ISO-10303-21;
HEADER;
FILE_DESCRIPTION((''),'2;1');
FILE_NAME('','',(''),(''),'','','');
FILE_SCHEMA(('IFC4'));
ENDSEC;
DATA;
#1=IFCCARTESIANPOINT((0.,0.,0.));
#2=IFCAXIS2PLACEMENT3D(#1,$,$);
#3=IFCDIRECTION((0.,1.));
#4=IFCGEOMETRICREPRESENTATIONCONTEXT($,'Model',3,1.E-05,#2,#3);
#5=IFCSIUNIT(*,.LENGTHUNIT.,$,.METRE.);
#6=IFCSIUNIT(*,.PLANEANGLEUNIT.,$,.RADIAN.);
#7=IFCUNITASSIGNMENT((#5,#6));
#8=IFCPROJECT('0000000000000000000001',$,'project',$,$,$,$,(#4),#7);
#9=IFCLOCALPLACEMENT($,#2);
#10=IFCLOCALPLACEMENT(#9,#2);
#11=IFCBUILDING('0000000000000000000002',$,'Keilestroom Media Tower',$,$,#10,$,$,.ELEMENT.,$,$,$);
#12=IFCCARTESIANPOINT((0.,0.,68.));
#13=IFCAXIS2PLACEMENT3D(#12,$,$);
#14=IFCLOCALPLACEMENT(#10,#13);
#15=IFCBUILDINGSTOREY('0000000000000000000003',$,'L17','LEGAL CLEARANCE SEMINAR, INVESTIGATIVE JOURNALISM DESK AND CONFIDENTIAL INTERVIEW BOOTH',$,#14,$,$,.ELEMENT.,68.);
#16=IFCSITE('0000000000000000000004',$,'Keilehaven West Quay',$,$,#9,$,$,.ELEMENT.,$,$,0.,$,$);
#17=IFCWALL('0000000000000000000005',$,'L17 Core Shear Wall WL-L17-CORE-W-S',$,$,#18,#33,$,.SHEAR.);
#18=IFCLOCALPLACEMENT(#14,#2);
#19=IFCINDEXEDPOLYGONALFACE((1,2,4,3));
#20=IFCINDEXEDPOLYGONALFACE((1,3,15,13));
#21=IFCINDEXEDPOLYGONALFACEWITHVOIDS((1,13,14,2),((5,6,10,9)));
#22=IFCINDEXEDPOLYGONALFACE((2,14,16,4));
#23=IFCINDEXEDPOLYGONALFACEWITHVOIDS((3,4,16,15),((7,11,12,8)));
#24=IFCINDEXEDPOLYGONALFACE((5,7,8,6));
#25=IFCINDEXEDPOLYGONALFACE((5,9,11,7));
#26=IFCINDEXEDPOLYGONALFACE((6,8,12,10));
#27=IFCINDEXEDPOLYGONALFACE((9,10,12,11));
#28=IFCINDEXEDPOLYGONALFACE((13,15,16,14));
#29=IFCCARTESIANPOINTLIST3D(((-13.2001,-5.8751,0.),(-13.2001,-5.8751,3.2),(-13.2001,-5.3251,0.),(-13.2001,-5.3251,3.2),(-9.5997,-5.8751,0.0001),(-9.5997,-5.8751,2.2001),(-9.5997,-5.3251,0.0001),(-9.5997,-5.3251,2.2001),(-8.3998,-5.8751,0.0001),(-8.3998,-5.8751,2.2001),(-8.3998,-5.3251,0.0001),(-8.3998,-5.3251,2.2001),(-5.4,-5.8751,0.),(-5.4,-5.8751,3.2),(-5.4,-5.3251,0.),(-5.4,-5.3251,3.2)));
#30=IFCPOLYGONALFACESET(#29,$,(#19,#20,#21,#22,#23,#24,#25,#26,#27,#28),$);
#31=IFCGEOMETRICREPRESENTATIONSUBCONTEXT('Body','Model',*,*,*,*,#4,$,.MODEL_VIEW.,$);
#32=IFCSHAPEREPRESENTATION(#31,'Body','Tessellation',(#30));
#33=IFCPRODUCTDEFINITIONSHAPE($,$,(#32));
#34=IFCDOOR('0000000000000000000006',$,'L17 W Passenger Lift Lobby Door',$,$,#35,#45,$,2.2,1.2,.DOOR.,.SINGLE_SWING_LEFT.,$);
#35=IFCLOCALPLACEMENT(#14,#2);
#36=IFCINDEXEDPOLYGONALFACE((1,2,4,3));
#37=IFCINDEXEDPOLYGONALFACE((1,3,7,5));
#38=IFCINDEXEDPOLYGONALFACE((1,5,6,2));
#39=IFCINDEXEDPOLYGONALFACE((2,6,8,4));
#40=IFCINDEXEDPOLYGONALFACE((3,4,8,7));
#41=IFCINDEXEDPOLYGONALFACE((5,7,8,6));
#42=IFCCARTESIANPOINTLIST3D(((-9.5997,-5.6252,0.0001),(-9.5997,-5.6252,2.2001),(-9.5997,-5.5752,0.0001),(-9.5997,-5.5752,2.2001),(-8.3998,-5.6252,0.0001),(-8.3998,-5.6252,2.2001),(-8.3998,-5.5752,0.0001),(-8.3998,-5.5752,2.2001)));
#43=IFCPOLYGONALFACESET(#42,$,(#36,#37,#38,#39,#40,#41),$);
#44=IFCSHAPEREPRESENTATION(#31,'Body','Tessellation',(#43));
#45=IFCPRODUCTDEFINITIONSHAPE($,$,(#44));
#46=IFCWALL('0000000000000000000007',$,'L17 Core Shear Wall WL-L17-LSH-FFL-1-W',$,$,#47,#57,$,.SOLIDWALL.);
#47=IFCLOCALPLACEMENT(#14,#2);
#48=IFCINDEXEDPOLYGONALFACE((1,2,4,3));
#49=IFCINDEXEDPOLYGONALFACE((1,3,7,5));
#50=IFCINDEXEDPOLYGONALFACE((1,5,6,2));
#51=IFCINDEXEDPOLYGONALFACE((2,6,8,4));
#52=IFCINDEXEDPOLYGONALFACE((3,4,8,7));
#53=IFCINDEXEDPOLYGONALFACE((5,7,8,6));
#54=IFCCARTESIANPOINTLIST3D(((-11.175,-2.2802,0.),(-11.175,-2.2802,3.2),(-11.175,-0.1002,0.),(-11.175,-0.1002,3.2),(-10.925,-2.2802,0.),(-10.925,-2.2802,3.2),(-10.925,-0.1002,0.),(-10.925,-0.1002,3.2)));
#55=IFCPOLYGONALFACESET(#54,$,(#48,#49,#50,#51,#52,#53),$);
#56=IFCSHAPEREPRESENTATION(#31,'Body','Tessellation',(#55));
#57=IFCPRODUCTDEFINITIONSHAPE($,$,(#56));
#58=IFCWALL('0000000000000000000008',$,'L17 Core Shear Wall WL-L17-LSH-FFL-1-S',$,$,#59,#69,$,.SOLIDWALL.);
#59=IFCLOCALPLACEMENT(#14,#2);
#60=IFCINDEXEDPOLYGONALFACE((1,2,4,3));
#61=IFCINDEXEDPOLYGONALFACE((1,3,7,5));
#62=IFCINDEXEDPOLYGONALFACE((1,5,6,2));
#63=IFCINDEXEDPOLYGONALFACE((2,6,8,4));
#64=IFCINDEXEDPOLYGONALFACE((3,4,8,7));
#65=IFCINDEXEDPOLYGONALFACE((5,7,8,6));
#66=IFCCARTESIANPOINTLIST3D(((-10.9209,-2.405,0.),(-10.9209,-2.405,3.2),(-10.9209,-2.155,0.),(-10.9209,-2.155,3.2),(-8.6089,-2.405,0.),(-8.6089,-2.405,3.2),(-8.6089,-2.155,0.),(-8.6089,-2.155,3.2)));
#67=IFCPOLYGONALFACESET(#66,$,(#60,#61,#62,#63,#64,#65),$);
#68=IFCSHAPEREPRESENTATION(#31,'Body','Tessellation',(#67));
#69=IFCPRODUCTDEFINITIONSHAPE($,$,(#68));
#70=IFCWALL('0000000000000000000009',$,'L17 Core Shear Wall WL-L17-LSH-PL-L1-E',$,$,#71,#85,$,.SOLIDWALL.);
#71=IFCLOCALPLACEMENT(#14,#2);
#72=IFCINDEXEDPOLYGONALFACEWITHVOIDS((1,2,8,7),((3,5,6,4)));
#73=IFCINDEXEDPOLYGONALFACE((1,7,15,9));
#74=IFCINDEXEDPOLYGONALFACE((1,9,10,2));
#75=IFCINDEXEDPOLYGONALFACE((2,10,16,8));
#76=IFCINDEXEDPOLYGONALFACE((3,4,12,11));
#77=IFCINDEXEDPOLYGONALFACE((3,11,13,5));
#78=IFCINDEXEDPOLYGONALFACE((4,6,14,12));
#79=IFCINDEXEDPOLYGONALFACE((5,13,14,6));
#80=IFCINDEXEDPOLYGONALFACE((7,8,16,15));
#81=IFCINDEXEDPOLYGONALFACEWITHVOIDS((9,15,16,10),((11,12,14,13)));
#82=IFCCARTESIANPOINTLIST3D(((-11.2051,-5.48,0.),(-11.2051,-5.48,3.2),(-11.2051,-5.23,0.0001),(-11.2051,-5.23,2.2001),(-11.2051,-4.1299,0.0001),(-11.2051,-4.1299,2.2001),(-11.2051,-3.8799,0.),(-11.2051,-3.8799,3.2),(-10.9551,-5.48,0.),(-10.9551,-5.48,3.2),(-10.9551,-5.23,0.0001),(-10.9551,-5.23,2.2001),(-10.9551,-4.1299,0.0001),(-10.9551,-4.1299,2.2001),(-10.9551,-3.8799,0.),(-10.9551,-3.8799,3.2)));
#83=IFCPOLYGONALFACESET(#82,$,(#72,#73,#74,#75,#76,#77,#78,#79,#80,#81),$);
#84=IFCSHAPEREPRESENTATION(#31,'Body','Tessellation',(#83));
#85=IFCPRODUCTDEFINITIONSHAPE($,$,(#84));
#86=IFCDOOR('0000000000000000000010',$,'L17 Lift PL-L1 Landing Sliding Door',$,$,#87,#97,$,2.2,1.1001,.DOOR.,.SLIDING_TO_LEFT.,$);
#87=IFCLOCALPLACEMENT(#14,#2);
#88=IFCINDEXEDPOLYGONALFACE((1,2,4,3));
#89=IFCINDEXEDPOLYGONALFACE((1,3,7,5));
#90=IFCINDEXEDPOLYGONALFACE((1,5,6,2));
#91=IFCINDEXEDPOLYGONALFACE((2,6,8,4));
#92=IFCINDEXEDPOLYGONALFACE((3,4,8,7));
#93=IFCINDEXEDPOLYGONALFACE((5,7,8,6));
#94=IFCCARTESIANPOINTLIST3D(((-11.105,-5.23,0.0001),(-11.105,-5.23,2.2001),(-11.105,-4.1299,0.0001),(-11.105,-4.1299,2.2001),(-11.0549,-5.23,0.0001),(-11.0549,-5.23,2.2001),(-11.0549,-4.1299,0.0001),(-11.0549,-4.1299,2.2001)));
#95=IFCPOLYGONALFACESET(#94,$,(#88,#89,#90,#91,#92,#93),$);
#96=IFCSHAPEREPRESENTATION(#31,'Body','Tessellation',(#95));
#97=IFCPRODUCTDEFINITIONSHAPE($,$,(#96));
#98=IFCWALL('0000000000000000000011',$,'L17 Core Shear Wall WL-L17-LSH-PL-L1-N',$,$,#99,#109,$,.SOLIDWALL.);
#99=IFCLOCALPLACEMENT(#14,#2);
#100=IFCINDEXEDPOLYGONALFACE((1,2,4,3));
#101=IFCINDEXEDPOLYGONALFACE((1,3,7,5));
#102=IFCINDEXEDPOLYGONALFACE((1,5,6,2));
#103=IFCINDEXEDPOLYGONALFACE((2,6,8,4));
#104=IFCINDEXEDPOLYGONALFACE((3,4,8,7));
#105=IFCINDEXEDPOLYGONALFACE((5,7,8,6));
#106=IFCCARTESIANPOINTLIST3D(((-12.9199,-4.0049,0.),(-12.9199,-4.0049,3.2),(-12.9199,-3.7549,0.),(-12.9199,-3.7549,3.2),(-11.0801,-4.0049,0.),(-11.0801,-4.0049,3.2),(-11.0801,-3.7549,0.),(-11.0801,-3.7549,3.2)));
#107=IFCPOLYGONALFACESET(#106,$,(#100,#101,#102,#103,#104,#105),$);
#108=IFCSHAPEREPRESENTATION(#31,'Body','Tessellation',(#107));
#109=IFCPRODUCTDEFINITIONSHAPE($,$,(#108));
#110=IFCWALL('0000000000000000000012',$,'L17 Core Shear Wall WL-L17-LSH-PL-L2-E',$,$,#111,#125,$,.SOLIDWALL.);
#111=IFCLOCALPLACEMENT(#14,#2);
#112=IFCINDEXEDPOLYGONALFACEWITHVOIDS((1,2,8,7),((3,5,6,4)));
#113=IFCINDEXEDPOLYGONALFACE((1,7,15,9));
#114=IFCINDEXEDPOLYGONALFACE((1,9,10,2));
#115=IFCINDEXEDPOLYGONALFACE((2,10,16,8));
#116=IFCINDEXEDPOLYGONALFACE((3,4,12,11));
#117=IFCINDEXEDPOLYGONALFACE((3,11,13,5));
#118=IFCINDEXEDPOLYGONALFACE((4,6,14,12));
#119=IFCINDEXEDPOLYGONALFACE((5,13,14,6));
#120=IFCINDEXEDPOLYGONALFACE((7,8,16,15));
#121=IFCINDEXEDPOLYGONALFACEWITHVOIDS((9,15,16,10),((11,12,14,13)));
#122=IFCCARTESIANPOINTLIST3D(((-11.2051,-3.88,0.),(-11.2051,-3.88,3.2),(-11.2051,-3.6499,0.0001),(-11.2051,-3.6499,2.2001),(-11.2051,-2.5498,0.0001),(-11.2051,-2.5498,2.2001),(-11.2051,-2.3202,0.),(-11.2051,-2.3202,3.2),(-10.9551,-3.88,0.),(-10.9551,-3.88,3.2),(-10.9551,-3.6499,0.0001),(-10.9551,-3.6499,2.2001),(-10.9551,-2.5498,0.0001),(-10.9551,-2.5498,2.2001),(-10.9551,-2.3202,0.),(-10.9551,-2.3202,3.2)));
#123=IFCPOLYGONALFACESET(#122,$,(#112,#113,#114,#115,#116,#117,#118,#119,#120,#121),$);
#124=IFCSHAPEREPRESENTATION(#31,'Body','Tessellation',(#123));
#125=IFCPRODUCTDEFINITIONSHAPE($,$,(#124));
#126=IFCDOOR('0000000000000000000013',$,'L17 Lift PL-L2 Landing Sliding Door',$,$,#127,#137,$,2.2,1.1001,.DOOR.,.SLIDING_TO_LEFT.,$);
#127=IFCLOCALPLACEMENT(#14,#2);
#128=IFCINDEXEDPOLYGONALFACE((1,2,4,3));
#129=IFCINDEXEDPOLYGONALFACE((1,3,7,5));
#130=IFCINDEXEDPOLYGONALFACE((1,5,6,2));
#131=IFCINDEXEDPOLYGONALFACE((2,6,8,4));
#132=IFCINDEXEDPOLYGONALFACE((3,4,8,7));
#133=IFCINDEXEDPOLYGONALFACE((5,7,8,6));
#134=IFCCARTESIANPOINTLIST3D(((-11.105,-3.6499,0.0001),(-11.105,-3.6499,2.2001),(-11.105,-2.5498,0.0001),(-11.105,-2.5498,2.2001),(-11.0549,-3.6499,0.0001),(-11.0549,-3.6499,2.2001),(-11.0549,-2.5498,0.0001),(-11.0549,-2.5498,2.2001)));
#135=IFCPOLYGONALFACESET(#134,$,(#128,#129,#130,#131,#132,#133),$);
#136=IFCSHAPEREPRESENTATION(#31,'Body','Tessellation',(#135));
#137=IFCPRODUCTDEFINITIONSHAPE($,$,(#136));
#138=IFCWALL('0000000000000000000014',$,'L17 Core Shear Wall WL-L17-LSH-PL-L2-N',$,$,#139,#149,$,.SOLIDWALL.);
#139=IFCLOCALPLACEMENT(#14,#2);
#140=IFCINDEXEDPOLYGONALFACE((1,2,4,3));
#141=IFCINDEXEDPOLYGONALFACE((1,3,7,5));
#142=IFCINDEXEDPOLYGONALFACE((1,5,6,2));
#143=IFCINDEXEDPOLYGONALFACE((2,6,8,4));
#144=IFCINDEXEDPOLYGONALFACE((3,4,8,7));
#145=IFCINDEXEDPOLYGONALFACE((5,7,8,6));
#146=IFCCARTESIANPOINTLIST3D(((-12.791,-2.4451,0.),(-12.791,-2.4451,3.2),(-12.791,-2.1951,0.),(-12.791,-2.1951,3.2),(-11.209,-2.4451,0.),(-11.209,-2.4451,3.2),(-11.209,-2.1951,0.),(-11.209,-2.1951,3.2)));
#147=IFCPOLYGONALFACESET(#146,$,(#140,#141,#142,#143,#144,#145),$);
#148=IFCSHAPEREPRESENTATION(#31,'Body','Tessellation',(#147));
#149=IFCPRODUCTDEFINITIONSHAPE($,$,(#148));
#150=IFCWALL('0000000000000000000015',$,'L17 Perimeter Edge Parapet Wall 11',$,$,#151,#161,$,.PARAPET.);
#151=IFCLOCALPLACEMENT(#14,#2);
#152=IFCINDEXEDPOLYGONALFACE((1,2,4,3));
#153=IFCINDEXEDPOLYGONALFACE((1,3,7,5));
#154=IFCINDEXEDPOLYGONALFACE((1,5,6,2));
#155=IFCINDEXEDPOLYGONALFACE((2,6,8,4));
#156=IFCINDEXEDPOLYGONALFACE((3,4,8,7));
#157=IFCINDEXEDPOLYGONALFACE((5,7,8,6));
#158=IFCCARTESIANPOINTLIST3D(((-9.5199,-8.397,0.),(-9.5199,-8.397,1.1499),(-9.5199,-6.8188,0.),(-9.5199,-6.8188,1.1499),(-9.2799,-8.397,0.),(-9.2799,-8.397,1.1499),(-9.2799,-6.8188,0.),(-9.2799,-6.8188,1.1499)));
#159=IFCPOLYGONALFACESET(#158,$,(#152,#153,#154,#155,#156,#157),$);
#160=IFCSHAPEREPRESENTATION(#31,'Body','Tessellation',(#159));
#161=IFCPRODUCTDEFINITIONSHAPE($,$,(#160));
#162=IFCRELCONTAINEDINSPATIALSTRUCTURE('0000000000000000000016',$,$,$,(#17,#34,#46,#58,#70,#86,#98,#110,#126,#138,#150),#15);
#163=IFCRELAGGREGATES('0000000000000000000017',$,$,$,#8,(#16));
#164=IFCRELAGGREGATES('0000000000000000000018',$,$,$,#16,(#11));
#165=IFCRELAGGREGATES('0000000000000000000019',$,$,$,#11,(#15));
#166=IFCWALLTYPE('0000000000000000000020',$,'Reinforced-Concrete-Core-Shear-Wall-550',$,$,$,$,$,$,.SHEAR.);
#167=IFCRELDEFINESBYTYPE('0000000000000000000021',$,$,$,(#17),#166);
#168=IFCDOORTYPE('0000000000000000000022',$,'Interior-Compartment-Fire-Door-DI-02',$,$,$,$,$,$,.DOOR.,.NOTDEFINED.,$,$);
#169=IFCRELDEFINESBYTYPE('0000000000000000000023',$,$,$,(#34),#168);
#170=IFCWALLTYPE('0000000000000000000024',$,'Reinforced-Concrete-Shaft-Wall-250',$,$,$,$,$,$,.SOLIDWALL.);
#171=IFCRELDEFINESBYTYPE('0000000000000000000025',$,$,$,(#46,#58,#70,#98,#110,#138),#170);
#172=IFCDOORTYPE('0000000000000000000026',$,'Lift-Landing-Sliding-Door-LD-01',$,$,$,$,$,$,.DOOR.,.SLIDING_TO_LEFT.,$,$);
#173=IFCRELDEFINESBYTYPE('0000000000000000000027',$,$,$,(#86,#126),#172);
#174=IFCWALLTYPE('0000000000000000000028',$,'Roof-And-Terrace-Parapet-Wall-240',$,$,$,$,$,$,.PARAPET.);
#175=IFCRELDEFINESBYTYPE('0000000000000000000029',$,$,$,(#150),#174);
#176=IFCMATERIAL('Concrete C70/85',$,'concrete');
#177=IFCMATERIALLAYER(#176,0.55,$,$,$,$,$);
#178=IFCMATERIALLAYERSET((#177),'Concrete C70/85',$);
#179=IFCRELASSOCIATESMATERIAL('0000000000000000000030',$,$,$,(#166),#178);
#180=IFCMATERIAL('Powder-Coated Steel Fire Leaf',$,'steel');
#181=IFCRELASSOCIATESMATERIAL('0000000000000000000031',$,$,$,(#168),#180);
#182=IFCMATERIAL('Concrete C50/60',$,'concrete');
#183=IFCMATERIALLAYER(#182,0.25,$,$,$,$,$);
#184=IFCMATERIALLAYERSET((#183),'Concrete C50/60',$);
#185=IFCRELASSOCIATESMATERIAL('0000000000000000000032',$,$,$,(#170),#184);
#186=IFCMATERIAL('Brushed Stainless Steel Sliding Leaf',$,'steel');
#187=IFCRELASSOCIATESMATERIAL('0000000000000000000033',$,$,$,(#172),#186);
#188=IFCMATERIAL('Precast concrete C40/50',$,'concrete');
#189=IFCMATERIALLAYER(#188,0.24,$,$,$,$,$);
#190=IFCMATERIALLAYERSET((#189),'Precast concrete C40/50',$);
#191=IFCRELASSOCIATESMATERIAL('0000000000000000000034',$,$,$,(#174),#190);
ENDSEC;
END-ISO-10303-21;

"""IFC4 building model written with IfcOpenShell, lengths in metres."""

from ifc_helpers import new_model, si_unit, direction, frame, frame_2d, origin, place, context, subcontext, project, spatial, rectangle, extrude, source, transform, mapped, material, layer, layer_set, type_object, element, fill, save


model = new_model("IFC4")

# Units and contexts
model_context = context("Model", 3, precision=1e-05, world=origin(), true_north=direction((0.0, 1.0)))
body_context = subcontext(model_context, "Body", "Model", "MODEL_VIEW")
ifc_project = project(units=[si_unit("LENGTHUNIT", "METRE"), si_unit("PLANEANGLEUNIT", "RADIAN")], contexts=[model_context])

# Site, building, storey
site_placement = place(None, origin())
site = spatial("IfcSite", under=ifc_project, at=site_placement, Name="Keilehaven West Quay", CompositionType="ELEMENT", RefElevation=0.0)
building_placement = place(site_placement, origin())
building = spatial("IfcBuilding", under=site, at=building_placement, Name="Keilestroom Media Tower", CompositionType="ELEMENT")
storey_placement = place(building_placement, frame((0.0, 0.0, 68.0)))
storey = spatial("IfcBuildingStorey", under=building, at=storey_placement, Name="L17", Description="LEGAL CLEARANCE SEMINAR, INVESTIGATIVE JOURNALISM DESK AND CONFIDENTIAL INTERVIEW BOOTH", CompositionType="ELEMENT", Elevation=68.0)

# Shared definitions
ifc_material_1 = material(Name="Concrete C70/85", Category="concrete")

# Shared definitions
shared_shape_1 = source(origin(), body_context, "Body", "SweptSolid", [
    extrude(rectangle(XDim=1.1001, YDim=2.2, at=frame_2d((0.55, 1.1001))), frame((0.0, 0.0249, 0.0), z_axis=(0.0, -1.0, 0.0), x_axis=(1.0, 0.0, 0.0)), (0.0, 0.0, 1.0), 0.05),
])

# Shared definitions
ifc_layer_1 = layer(ifc_material_1, 0.55)
ifc_layer_set_1 = layer_set([ifc_layer_1], Name="Concrete C70/85")
wall_type_1 = type_object("IfcWallType", Name="Reinforced-Concrete-Core-Shear-Wall-550", PredefinedType="SHEAR", material=ifc_layer_set_1)

# Wall, opening, door
wall_1_placement = place(storey_placement, frame((-13.2, -5.6001, 0.0), z_axis=(0.0, 0.0, 1.0), x_axis=(1.0, 0.0, 0.0)))
wall_1 = element("IfcWall", 1, at=wall_1_placement, inside=storey, type_object=wall_type_1, Name="L17 Core Shear Wall WL-L17-CORE-W-S", PredefinedType="SHEAR", context=body_context, shape_type="SweptSolid", body=[
    extrude(rectangle(XDim=7.8, YDim=0.55, at=frame_2d((3.8999, 0.0))), origin(), (0.0, 0.0, 1.0), 3.2),
])
opening_1_placement = place(wall_1_placement, frame((3.6001, 0.0, 0.0)))
opening_1 = element("IfcOpeningElement", 2, at=opening_1_placement, cuts=wall_1, PredefinedType="OPENING", context=body_context, shape_type="SweptSolid", body=[
    extrude(rectangle(XDim=1.2, YDim=2.2, at=frame_2d((0.6001, 1.1001))), frame((0.0, 0.2852, 0.0), z_axis=(0.0, -1.0, 0.0), x_axis=(1.0, 0.0, 0.0)), (0.0, 0.0, 1.0), 0.5701),
])
ifc_material_2 = material(Name="Powder-Coated Steel Fire Leaf", Category="steel")
door_type_1 = type_object("IfcDoorType", Name="Interior-Compartment-Fire-Door-DI-02", OperationType="NOTDEFINED", PredefinedType="DOOR", material=ifc_material_2)
shared_shape_2 = source(origin(), body_context, "Body", "SweptSolid", [
    extrude(rectangle(XDim=1.2, YDim=2.2, at=frame_2d((0.6001, 1.1001))), frame((0.0, 0.0249, 0.0), z_axis=(0.0, -1.0, 0.0), x_axis=(1.0, 0.0, 0.0)), (0.0, 0.0, 1.0), 0.05),
])
door_1_placement = place(opening_1_placement, origin())
door_1 = element("IfcDoor", 3, at=door_1_placement, inside=storey, type_object=door_type_1, Name="L17 W Passenger Lift Lobby Door", OperationType="SINGLE_SWING_LEFT", OverallHeight=2.2, OverallWidth=1.2, PredefinedType="DOOR", context=body_context, shape_type="MappedRepresentation", body=[
    mapped(shared_shape_2, transform((0.0, 0.0, 0.0), x_axis=(1.0, 0.0, 0.0), y_axis=(0.0, 1.0, 0.0), z_axis=(0.0, 0.0, 1.0), scale=1.0)),
])
fill(opening_1, door_1)

# Walls
ifc_material_3 = material(Name="Concrete C50/60", Category="concrete")
ifc_layer_2 = layer(ifc_material_3, 0.25)
ifc_layer_set_2 = layer_set([ifc_layer_2], Name="Concrete C50/60")
wall_type_2 = type_object("IfcWallType", Name="Reinforced-Concrete-Shaft-Wall-250", PredefinedType="SOLIDWALL", material=ifc_layer_set_2)
wall_2_placement = place(storey_placement, frame((-11.05, -2.28, 0.0), z_axis=(0.0, 0.0, 1.0), x_axis=(0.0, 1.0, 0.0)))
element("IfcWall", 4, at=wall_2_placement, inside=storey, type_object=wall_type_2, Name="L17 Core Shear Wall WL-L17-LSH-FFL-1-W", PredefinedType="SOLIDWALL", context=body_context, shape_type="SweptSolid", body=[
    extrude(rectangle(XDim=2.1799, YDim=0.25, at=frame_2d((1.0898, 0.0))), origin(), (0.0, 0.0, 1.0), 3.2),
])
wall_3_placement = place(storey_placement, frame((-10.9209, -2.28, 0.0), z_axis=(0.0, 0.0, 1.0), x_axis=(1.0, 0.0, 0.0)))
element("IfcWall", 5, at=wall_3_placement, inside=storey, type_object=wall_type_2, Name="L17 Core Shear Wall WL-L17-LSH-FFL-1-S", PredefinedType="SOLIDWALL", context=body_context, shape_type="SweptSolid", body=[
    extrude(rectangle(XDim=2.312, YDim=0.25, at=frame_2d((1.156, 0.0))), origin(), (0.0, 0.0, 1.0), 3.2),
])

# Wall, opening, door
wall_4_placement = place(storey_placement, frame((-11.0801, -5.48, 0.0), z_axis=(0.0, 0.0, 1.0), x_axis=(0.0, 1.0, 0.0)))
wall_4 = element("IfcWall", 6, at=wall_4_placement, inside=storey, type_object=wall_type_2, Name="L17 Core Shear Wall WL-L17-LSH-PL-L1-E", PredefinedType="SOLIDWALL", context=body_context, shape_type="SweptSolid", body=[
    extrude(rectangle(XDim=1.6001, YDim=0.25, at=frame_2d((0.8, 0.0))), origin(), (0.0, 0.0, 1.0), 3.2),
])
opening_2_placement = place(wall_4_placement, frame((0.25, 0.0, 0.0)))
opening_2 = element("IfcOpeningElement", 7, at=opening_2_placement, cuts=wall_4, PredefinedType="OPENING", context=body_context, shape_type="SweptSolid", body=[
    extrude(rectangle(XDim=1.1001, YDim=2.2, at=frame_2d((0.55, 1.1001))), frame((0.0, 0.135, 0.0), z_axis=(0.0, -1.0, 0.0), x_axis=(1.0, 0.0, 0.0)), (0.0, 0.0, 1.0), 0.27),
])
ifc_material_4 = material(Name="Brushed Stainless Steel Sliding Leaf", Category="steel")
door_type_2 = type_object("IfcDoorType", Name="Lift-Landing-Sliding-Door-LD-01", OperationType="SLIDING_TO_LEFT", PredefinedType="DOOR", material=ifc_material_4)
door_2_placement = place(opening_2_placement, origin())
door_2 = element("IfcDoor", 8, at=door_2_placement, inside=storey, type_object=door_type_2, Name="L17 Lift PL-L1 Landing Sliding Door", OperationType="SLIDING_TO_LEFT", OverallHeight=2.2, OverallWidth=1.1001, PredefinedType="DOOR", context=body_context, shape_type="MappedRepresentation", body=[
    mapped(shared_shape_1, transform((0.0, 0.0, 0.0), x_axis=(1.0, 0.0, 0.0), y_axis=(0.0, 1.0, 0.0), z_axis=(0.0, 0.0, 1.0), scale=1.0)),
])
fill(opening_2, door_2)

# Wall
wall_5_placement = place(storey_placement, frame((-12.9199, -3.8799, 0.0), z_axis=(0.0, 0.0, 1.0), x_axis=(1.0, 0.0, 0.0)))
element("IfcWall", 9, at=wall_5_placement, inside=storey, type_object=wall_type_2, Name="L17 Core Shear Wall WL-L17-LSH-PL-L1-N", PredefinedType="SOLIDWALL", context=body_context, shape_type="SweptSolid", body=[
    extrude(rectangle(XDim=1.8398, YDim=0.25, at=frame_2d((0.9199, 0.0))), origin(), (0.0, 0.0, 1.0), 3.2),
])

# Wall, opening, door
wall_6_placement = place(storey_placement, frame((-11.0801, -3.8799, 0.0), z_axis=(0.0, 0.0, 1.0), x_axis=(0.0, 1.0, 0.0)))
wall_6 = element("IfcWall", 10, at=wall_6_placement, inside=storey, type_object=wall_type_2, Name="L17 Core Shear Wall WL-L17-LSH-PL-L2-E", PredefinedType="SOLIDWALL", context=body_context, shape_type="SweptSolid", body=[
    extrude(rectangle(XDim=1.5598, YDim=0.25, at=frame_2d((0.7798, 0.0))), origin(), (0.0, 0.0, 1.0), 3.2),
])
opening_3_placement = place(wall_6_placement, frame((0.23, 0.0, 0.0)))
opening_3 = element("IfcOpeningElement", 11, at=opening_3_placement, cuts=wall_6, PredefinedType="OPENING", context=body_context, shape_type="SweptSolid", body=[
    extrude(rectangle(XDim=1.1001, YDim=2.2, at=frame_2d((0.55, 1.1001))), frame((0.0, 0.135, 0.0), z_axis=(0.0, -1.0, 0.0), x_axis=(1.0, 0.0, 0.0)), (0.0, 0.0, 1.0), 0.27),
])
door_3_placement = place(opening_3_placement, origin())
door_3 = element("IfcDoor", 12, at=door_3_placement, inside=storey, type_object=door_type_2, Name="L17 Lift PL-L2 Landing Sliding Door", OperationType="SLIDING_TO_LEFT", OverallHeight=2.2, OverallWidth=1.1001, PredefinedType="DOOR", context=body_context, shape_type="MappedRepresentation", body=[
    mapped(shared_shape_1, transform((0.0, 0.0, 0.0), x_axis=(1.0, 0.0, 0.0), y_axis=(0.0, 1.0, 0.0), z_axis=(0.0, 0.0, 1.0), scale=1.0)),
])
fill(opening_3, door_3)

# Walls
wall_7_placement = place(storey_placement, frame((-12.791, -2.3201, 0.0), z_axis=(0.0, 0.0, 1.0), x_axis=(1.0, 0.0, 0.0)))
element("IfcWall", 13, at=wall_7_placement, inside=storey, type_object=wall_type_2, Name="L17 Core Shear Wall WL-L17-LSH-PL-L2-N", PredefinedType="SOLIDWALL", context=body_context, shape_type="SweptSolid", body=[
    extrude(rectangle(XDim=1.582, YDim=0.25, at=frame_2d((0.791, 0.0))), origin(), (0.0, 0.0, 1.0), 3.2),
])
ifc_material_5 = material(Name="Precast concrete C40/50", Category="concrete")
ifc_layer_3 = layer(ifc_material_5, 0.24)
ifc_layer_set_3 = layer_set([ifc_layer_3], Name="Precast concrete C40/50")
wall_type_3 = type_object("IfcWallType", Name="Roof-And-Terrace-Parapet-Wall-240", PredefinedType="PARAPET", material=ifc_layer_set_3)
wall_8_placement = place(storey_placement, frame((-9.3999, -8.397, 0.0), z_axis=(0.0, 0.0, 1.0), x_axis=(0.0, 1.0, 0.0)))
element("IfcWall", 14, at=wall_8_placement, inside=storey, type_object=wall_type_3, Name="L17 Perimeter Edge Parapet Wall 11", PredefinedType="PARAPET", context=body_context, shape_type="SweptSolid", body=[
    extrude(rectangle(XDim=1.5781, YDim=0.24, at=frame_2d((0.7891, 0.0))), origin(), (0.0, 0.0, 1.0), 1.1499),
])

save(model, "model.ifc")
